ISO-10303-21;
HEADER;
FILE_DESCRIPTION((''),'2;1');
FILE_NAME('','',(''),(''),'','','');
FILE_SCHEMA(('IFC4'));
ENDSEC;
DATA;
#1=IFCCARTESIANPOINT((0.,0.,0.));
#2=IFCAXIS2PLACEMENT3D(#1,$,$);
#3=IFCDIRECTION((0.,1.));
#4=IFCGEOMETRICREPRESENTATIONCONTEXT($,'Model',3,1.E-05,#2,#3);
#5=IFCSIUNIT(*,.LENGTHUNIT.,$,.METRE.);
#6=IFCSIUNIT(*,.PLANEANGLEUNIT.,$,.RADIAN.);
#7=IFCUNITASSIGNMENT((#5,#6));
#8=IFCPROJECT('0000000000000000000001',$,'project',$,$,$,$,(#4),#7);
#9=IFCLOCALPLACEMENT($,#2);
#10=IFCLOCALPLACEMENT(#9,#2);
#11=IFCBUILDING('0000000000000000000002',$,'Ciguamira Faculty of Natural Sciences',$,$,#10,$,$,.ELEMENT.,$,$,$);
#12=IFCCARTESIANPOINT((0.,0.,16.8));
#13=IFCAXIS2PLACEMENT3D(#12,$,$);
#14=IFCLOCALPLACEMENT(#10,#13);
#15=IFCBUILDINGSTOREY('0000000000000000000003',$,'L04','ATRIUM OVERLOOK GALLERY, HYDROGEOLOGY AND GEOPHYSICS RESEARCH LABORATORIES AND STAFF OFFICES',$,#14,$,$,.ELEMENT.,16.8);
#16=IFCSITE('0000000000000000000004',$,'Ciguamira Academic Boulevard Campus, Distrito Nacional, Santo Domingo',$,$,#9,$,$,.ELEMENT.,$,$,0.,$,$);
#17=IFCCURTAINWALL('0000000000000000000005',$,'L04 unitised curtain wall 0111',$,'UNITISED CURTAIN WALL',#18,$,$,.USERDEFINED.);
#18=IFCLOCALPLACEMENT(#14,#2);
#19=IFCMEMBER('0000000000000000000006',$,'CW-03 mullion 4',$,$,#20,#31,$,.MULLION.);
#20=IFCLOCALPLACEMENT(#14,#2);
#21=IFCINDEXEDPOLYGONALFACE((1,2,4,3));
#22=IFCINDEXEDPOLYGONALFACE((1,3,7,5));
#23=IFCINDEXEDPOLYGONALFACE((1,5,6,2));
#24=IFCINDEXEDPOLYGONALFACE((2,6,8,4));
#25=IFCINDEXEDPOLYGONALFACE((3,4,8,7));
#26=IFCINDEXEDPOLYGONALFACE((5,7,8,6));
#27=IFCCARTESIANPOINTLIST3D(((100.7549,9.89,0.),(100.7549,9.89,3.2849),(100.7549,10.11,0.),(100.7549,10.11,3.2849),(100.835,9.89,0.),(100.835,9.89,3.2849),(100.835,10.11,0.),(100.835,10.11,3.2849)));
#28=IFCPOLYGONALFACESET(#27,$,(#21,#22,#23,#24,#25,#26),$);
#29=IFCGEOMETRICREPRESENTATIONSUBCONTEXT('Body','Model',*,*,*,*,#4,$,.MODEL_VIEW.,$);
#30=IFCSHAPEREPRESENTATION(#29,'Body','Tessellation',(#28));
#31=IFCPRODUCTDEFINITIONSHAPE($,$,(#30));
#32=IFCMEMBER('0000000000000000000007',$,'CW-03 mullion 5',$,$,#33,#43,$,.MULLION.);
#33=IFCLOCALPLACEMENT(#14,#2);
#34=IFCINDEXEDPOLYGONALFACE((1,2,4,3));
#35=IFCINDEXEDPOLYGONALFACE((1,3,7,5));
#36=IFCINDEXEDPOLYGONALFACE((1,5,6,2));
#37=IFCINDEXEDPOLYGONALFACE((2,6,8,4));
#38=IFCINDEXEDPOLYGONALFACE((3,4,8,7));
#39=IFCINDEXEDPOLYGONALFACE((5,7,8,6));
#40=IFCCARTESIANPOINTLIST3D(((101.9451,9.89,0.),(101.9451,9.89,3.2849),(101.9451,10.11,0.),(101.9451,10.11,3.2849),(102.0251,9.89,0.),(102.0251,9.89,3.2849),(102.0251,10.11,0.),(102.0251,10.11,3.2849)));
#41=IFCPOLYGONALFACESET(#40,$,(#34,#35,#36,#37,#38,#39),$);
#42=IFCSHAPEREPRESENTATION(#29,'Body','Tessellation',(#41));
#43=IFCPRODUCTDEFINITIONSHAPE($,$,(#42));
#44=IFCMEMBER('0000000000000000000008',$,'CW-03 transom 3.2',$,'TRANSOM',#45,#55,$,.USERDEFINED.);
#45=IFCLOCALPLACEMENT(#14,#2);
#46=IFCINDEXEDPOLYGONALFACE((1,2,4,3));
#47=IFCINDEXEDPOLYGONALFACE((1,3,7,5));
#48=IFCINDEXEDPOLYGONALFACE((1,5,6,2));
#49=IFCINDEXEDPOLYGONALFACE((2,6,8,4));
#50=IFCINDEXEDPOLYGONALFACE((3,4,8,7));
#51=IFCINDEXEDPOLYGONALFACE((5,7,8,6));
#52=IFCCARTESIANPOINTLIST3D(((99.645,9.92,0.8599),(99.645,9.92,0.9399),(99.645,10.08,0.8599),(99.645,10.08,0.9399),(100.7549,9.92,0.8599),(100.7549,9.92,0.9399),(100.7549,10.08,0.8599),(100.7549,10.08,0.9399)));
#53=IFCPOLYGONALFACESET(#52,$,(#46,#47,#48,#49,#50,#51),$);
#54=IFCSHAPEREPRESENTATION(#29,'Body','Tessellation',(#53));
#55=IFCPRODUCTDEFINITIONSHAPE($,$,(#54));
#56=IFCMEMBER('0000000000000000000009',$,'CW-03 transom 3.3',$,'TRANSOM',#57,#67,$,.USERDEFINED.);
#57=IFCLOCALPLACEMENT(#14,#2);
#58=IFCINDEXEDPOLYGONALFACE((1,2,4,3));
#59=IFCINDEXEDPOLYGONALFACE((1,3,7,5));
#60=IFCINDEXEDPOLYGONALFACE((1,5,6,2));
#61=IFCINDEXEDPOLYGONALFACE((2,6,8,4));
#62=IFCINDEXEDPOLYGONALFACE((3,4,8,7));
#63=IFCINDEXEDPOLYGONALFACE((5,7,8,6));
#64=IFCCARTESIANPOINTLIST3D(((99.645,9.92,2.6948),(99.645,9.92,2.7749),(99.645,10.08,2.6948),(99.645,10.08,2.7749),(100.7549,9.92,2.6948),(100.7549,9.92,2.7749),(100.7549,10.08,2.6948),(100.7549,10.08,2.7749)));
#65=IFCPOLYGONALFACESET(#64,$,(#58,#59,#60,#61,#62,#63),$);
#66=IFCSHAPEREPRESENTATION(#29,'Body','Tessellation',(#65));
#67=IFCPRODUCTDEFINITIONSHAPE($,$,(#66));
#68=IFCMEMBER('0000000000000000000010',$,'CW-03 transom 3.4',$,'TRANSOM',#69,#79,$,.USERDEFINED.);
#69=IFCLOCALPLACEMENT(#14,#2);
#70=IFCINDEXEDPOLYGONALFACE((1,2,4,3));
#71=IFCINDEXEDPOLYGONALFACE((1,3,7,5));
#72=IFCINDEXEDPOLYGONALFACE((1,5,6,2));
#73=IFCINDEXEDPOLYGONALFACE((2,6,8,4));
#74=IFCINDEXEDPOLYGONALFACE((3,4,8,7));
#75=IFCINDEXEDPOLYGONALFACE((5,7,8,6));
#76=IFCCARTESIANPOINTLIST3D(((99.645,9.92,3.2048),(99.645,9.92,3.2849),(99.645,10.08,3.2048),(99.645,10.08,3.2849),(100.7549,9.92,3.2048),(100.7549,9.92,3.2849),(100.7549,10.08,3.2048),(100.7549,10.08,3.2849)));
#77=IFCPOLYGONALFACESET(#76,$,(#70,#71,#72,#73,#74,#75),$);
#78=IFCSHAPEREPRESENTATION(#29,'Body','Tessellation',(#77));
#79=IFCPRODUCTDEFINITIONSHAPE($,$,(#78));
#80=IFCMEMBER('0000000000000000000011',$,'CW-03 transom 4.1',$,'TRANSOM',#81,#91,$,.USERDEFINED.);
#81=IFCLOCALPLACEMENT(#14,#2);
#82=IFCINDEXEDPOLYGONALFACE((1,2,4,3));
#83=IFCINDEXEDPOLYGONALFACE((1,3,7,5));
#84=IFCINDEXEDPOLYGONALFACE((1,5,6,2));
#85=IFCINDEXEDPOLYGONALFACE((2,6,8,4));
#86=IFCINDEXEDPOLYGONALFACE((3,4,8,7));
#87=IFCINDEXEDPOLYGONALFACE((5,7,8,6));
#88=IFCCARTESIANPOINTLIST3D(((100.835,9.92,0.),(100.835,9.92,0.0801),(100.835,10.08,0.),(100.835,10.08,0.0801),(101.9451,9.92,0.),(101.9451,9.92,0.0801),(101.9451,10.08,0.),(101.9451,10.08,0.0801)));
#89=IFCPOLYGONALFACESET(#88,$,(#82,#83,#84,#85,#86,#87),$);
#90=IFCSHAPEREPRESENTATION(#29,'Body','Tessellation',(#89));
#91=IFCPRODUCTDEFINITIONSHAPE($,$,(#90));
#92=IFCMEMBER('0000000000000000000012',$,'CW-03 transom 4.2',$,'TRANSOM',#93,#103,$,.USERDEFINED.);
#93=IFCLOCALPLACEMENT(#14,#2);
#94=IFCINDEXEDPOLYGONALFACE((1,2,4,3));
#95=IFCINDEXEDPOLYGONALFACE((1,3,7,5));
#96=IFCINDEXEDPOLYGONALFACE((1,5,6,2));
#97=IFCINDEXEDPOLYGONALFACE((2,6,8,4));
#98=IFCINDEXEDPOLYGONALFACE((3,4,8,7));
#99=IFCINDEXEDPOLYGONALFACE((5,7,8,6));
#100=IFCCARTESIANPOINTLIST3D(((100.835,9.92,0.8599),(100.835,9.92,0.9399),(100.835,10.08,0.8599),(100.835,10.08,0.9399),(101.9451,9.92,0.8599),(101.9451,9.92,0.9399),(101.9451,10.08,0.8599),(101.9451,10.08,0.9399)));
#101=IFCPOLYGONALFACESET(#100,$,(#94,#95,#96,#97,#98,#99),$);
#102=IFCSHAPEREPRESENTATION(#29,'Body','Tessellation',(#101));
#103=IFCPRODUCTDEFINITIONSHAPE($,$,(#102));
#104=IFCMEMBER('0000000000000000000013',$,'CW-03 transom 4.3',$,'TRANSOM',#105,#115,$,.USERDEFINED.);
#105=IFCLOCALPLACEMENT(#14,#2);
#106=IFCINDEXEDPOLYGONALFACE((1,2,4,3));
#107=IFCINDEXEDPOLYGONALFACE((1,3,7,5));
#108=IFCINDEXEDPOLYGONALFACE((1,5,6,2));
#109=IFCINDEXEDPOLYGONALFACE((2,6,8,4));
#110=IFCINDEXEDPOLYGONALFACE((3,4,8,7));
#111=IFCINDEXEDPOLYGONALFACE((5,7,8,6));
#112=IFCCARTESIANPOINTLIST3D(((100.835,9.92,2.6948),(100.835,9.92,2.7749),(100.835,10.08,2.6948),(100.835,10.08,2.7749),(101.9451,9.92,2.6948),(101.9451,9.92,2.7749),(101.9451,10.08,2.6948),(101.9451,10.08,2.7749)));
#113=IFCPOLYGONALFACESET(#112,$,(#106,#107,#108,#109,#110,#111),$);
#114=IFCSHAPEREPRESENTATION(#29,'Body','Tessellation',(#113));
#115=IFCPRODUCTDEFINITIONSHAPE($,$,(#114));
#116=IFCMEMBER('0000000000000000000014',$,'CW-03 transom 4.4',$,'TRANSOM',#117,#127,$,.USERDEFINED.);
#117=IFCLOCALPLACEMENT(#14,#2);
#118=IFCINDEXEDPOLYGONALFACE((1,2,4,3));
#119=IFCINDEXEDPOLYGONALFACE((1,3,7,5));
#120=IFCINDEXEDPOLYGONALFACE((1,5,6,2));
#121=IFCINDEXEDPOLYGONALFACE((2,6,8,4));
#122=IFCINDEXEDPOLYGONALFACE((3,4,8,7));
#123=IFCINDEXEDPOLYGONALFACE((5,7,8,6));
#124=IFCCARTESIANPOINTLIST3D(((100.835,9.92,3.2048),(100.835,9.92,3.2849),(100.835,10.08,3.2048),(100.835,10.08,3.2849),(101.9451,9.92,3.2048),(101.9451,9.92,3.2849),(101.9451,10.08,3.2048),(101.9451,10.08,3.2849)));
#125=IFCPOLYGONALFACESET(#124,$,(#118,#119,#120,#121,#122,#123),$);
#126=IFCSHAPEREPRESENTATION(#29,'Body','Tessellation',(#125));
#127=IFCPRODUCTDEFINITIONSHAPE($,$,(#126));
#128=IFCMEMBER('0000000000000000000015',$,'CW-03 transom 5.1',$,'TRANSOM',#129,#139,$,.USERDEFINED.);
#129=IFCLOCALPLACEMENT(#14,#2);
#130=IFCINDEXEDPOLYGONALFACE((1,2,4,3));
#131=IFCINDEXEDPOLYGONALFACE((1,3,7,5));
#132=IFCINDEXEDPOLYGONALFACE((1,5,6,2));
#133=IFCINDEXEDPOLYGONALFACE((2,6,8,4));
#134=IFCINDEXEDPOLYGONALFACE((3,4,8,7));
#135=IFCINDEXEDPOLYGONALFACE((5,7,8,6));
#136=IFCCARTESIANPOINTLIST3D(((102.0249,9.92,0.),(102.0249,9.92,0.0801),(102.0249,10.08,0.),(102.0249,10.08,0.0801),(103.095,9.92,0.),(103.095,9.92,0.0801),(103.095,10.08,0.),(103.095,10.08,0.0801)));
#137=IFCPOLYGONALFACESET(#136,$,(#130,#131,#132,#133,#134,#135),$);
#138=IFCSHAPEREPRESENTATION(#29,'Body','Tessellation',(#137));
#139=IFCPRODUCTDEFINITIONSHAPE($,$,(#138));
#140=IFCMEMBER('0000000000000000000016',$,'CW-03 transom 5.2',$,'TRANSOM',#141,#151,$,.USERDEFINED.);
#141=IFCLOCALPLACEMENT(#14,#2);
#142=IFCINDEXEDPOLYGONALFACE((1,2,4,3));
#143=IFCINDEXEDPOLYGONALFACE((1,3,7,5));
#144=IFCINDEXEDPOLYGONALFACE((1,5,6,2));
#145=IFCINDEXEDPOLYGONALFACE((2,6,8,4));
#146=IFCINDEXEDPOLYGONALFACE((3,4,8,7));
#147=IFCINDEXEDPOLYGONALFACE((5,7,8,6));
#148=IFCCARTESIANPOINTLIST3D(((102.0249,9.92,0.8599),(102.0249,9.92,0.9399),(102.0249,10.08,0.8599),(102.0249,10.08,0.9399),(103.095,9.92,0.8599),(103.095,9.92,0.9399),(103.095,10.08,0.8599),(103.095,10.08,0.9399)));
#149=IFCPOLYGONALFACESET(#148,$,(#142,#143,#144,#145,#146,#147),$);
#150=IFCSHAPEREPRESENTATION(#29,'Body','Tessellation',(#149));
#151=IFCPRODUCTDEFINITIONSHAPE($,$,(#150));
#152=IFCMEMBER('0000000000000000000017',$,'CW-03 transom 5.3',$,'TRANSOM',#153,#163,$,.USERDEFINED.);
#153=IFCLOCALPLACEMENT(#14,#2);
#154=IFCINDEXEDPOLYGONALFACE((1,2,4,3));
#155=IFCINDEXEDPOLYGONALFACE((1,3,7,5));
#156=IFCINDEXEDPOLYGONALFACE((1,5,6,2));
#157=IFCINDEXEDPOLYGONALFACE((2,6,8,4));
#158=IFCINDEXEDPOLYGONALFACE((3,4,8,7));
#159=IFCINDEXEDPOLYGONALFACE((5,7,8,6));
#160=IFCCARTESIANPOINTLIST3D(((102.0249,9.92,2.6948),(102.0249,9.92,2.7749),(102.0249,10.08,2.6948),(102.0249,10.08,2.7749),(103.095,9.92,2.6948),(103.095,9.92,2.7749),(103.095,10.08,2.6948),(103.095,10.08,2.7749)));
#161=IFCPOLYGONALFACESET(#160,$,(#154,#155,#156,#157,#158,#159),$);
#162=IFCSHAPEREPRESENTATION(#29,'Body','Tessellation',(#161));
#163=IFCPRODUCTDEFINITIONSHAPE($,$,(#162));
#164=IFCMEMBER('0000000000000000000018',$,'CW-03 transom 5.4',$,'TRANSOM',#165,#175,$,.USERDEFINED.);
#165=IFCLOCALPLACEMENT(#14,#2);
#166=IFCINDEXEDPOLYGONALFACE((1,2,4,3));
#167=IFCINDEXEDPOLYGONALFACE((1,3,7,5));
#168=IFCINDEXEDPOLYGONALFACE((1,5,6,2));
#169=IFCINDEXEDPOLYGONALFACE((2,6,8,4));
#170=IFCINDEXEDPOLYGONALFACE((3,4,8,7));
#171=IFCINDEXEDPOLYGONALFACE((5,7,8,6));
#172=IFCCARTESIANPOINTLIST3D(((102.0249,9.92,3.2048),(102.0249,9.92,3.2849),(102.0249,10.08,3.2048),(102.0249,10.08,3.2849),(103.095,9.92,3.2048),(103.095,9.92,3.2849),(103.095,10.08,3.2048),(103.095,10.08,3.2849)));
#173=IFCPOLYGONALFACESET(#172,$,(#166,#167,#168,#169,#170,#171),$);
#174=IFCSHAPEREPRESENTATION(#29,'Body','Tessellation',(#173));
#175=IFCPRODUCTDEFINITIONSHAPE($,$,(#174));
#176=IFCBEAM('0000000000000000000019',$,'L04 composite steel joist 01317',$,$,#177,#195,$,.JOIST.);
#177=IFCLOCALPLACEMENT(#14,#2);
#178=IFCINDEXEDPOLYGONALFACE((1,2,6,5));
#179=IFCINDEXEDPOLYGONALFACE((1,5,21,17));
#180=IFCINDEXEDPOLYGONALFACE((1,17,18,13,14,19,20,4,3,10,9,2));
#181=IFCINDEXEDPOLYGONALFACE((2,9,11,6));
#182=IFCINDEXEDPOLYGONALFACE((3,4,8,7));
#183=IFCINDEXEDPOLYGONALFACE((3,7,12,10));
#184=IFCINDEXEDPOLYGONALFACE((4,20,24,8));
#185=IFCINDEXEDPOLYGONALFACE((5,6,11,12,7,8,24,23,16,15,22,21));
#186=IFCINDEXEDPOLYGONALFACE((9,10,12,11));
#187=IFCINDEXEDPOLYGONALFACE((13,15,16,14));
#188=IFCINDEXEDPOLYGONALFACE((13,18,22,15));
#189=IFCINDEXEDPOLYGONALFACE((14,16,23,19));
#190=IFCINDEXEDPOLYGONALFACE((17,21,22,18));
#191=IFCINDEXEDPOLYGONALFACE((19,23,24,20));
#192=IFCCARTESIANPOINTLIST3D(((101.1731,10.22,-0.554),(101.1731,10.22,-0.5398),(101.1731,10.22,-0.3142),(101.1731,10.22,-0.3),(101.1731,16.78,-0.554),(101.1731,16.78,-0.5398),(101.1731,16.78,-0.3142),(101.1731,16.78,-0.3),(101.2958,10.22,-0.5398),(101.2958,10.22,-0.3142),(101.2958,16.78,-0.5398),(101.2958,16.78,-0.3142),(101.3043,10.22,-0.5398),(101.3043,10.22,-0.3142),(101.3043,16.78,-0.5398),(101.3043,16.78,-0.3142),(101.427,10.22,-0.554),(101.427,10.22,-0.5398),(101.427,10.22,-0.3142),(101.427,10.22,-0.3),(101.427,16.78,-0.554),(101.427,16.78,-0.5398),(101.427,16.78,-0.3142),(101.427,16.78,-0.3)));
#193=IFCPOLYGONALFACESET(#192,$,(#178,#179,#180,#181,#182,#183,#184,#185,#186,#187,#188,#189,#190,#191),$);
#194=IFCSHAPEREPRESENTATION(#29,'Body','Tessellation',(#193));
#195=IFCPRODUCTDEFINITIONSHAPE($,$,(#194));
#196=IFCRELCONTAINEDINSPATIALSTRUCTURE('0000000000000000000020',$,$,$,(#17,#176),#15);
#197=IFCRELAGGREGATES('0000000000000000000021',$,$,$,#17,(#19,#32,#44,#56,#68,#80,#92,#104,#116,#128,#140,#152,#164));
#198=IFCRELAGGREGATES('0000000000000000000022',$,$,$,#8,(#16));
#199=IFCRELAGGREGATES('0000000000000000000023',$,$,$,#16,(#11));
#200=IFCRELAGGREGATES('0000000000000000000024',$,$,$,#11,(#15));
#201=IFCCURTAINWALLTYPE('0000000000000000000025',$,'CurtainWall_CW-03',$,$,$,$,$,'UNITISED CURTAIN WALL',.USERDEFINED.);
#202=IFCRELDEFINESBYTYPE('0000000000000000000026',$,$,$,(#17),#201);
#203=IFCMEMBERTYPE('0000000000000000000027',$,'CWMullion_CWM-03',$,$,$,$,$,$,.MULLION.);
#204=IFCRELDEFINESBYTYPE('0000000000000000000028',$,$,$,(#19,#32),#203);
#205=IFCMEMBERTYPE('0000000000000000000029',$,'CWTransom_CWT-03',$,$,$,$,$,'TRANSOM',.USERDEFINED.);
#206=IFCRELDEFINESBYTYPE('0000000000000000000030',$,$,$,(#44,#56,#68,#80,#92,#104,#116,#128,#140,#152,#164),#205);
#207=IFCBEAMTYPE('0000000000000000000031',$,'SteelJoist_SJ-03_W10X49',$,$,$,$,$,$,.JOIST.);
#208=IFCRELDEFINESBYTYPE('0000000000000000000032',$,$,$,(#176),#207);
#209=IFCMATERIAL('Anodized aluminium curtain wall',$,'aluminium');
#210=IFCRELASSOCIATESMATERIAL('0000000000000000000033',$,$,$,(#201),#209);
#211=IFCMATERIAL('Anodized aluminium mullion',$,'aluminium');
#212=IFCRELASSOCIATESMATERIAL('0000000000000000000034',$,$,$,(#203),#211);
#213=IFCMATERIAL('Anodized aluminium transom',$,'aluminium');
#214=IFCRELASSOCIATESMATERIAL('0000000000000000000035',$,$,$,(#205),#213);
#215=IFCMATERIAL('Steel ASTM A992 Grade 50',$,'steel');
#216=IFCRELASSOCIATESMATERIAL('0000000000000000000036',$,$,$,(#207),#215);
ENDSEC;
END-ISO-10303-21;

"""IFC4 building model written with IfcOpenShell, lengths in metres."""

from ifc_helpers import new_model, si_unit, direction, frame, origin, origin_2d, place, context, subcontext, project, spatial, rectangle, i_section, extrude, material, material_profile, profile_set, type_object, element, aggregate, save


model = new_model("IFC4")

# Units and contexts
model_context = context("Model", 3, precision=1e-05, world=origin(), true_north=direction((0.0, 1.0)))
body_context = subcontext(model_context, "Body", "Model", "MODEL_VIEW")
ifc_project = project(units=[si_unit("LENGTHUNIT", "METRE"), si_unit("PLANEANGLEUNIT", "RADIAN")], contexts=[model_context])

# Site, building, storey
site_placement = place(None, origin())
site = spatial("IfcSite", under=ifc_project, at=site_placement, Name="Ciguamira Academic Boulevard Campus, Distrito Nacional, Santo Domingo", CompositionType="ELEMENT", RefElevation=0.0)
building_placement = place(site_placement, origin())
building = spatial("IfcBuilding", under=site, at=building_placement, Name="Ciguamira Faculty of Natural Sciences", CompositionType="ELEMENT")
storey_placement = place(building_placement, frame((0.0, 0.0, 16.8)))
storey = spatial("IfcBuildingStorey", under=building, at=storey_placement, Name="L04", Description="ATRIUM OVERLOOK GALLERY, HYDROGEOLOGY AND GEOPHYSICS RESEARCH LABORATORIES AND STAFF OFFICES", CompositionType="ELEMENT", Elevation=16.8)

# Curtain wall, members
ifc_material_1 = material(Name="Anodized aluminium curtain wall", Category="aluminium")
curtain_wall_type = type_object("IfcCurtainWallType", Name="CurtainWall_CW-03", ElementType="UNITISED CURTAIN WALL", PredefinedType="USERDEFINED", material=ifc_material_1)
curtain_wall_placement = place(storey_placement, origin())
curtain_wall = element("IfcCurtainWall", 1, at=curtain_wall_placement, inside=storey, type_object=curtain_wall_type, Name="L04 unitised curtain wall 0111", ObjectType="UNITISED CURTAIN WALL", PredefinedType="USERDEFINED")
ifc_material_2 = material(Name="Anodized aluminium mullion", Category="aluminium")
ifc_material_profile_1 = material_profile(ifc_material_2, rectangle(XDim=0.0801, YDim=0.22, at=origin_2d()), Name="ALU-MUL-80X220")
ifc_profile_set_1 = profile_set([ifc_material_profile_1], Name="Anodized aluminium mullion")
member_type_1 = type_object("IfcMemberType", Name="CWMullion_CWM-03", PredefinedType="MULLION", material=ifc_profile_set_1)
member_1_placement = place(storey_placement, frame((100.7949, 10.0, 0.0), z_axis=(0.0, 0.0, 1.0), x_axis=(1.0, 0.0, 0.0)))
member_1 = element("IfcMember", 2, at=member_1_placement, type_object=member_type_1, Name="CW-03 mullion 4", PredefinedType="MULLION", context=body_context, shape_type="SweptSolid", body=[
    extrude(rectangle(XDim=0.0801, YDim=0.22, at=origin_2d()), origin(), (0.0, 0.0, 1.0), 3.2849),
])
member_2_placement = place(storey_placement, frame((101.9851, 10.0, 0.0), z_axis=(0.0, 0.0, 1.0), x_axis=(1.0, 0.0, 0.0)))
member_2 = element("IfcMember", 3, at=member_2_placement, type_object=member_type_1, Name="CW-03 mullion 5", PredefinedType="MULLION", context=body_context, shape_type="SweptSolid", body=[
    extrude(rectangle(XDim=0.0801, YDim=0.22, at=origin_2d()), origin(), (0.0, 0.0, 1.0), 3.2849),
])
ifc_material_3 = material(Name="Anodized aluminium transom", Category="aluminium")
ifc_material_profile_2 = material_profile(ifc_material_3, rectangle(XDim=0.0801, YDim=0.1599, at=origin_2d()), Name="ALU-TRN-80X160")
ifc_profile_set_2 = profile_set([ifc_material_profile_2], Name="Anodized aluminium transom")
member_type_2 = type_object("IfcMemberType", Name="CWTransom_CWT-03", ElementType="TRANSOM", PredefinedType="USERDEFINED", material=ifc_profile_set_2)
member_3_placement = place(storey_placement, frame((99.645, 10.0, 0.8999), z_axis=(1.0, 0.0, 0.0), x_axis=(0.0, 0.0, 1.0)))
member_3 = element("IfcMember", 4, at=member_3_placement, type_object=member_type_2, Name="CW-03 transom 3.2", ObjectType="TRANSOM", PredefinedType="USERDEFINED", context=body_context, shape_type="SweptSolid", body=[
    extrude(rectangle(XDim=0.0801, YDim=0.1599, at=origin_2d()), origin(), (0.0, 0.0, 1.0), 1.1099),
])
member_4_placement = place(storey_placement, frame((99.645, 10.0, 2.7349), z_axis=(1.0, 0.0, 0.0), x_axis=(0.0, 0.0, 1.0)))
member_4 = element("IfcMember", 5, at=member_4_placement, type_object=member_type_2, Name="CW-03 transom 3.3", ObjectType="TRANSOM", PredefinedType="USERDEFINED", context=body_context, shape_type="SweptSolid", body=[
    extrude(rectangle(XDim=0.0801, YDim=0.1599, at=origin_2d()), origin(), (0.0, 0.0, 1.0), 1.1099),
])
member_5_placement = place(storey_placement, frame((99.645, 10.0, 3.2449), z_axis=(1.0, 0.0, 0.0), x_axis=(0.0, 0.0, 1.0)))
member_5 = element("IfcMember", 6, at=member_5_placement, type_object=member_type_2, Name="CW-03 transom 3.4", ObjectType="TRANSOM", PredefinedType="USERDEFINED", context=body_context, shape_type="SweptSolid", body=[
    extrude(rectangle(XDim=0.0801, YDim=0.1599, at=origin_2d()), origin(), (0.0, 0.0, 1.0), 1.1099),
])
member_6_placement = place(storey_placement, frame((100.835, 10.0, 0.04), z_axis=(1.0, 0.0, 0.0), x_axis=(0.0, 0.0, 1.0)))
member_6 = element("IfcMember", 7, at=member_6_placement, type_object=member_type_2, Name="CW-03 transom 4.1", ObjectType="TRANSOM", PredefinedType="USERDEFINED", context=body_context, shape_type="SweptSolid", body=[
    extrude(rectangle(XDim=0.0801, YDim=0.1599, at=origin_2d()), origin(), (0.0, 0.0, 1.0), 1.1101),
])
member_7_placement = place(storey_placement, frame((100.835, 10.0, 0.8999), z_axis=(1.0, 0.0, 0.0), x_axis=(0.0, 0.0, 1.0)))
member_7 = element("IfcMember", 8, at=member_7_placement, type_object=member_type_2, Name="CW-03 transom 4.2", ObjectType="TRANSOM", PredefinedType="USERDEFINED", context=body_context, shape_type="SweptSolid", body=[
    extrude(rectangle(XDim=0.0801, YDim=0.1599, at=origin_2d()), origin(), (0.0, 0.0, 1.0), 1.1101),
])
member_8_placement = place(storey_placement, frame((100.835, 10.0, 2.7349), z_axis=(1.0, 0.0, 0.0), x_axis=(0.0, 0.0, 1.0)))
member_8 = element("IfcMember", 9, at=member_8_placement, type_object=member_type_2, Name="CW-03 transom 4.3", ObjectType="TRANSOM", PredefinedType="USERDEFINED", context=body_context, shape_type="SweptSolid", body=[
    extrude(rectangle(XDim=0.0801, YDim=0.1599, at=origin_2d()), origin(), (0.0, 0.0, 1.0), 1.1101),
])
member_9_placement = place(storey_placement, frame((100.835, 10.0, 3.2449), z_axis=(1.0, 0.0, 0.0), x_axis=(0.0, 0.0, 1.0)))
member_9 = element("IfcMember", 10, at=member_9_placement, type_object=member_type_2, Name="CW-03 transom 4.4", ObjectType="TRANSOM", PredefinedType="USERDEFINED", context=body_context, shape_type="SweptSolid", body=[
    extrude(rectangle(XDim=0.0801, YDim=0.1599, at=origin_2d()), origin(), (0.0, 0.0, 1.0), 1.1101),
])
member_10_placement = place(storey_placement, frame((102.0249, 10.0, 0.04), z_axis=(1.0, 0.0, 0.0), x_axis=(0.0, 0.0, 1.0)))
member_10 = element("IfcMember", 11, at=member_10_placement, type_object=member_type_2, Name="CW-03 transom 5.1", ObjectType="TRANSOM", PredefinedType="USERDEFINED", context=body_context, shape_type="SweptSolid", body=[
    extrude(rectangle(XDim=0.0801, YDim=0.1599, at=origin_2d()), origin(), (0.0, 0.0, 1.0), 1.0701),
])
member_11_placement = place(storey_placement, frame((102.0249, 10.0, 0.8999), z_axis=(1.0, 0.0, 0.0), x_axis=(0.0, 0.0, 1.0)))
member_11 = element("IfcMember", 12, at=member_11_placement, type_object=member_type_2, Name="CW-03 transom 5.2", ObjectType="TRANSOM", PredefinedType="USERDEFINED", context=body_context, shape_type="SweptSolid", body=[
    extrude(rectangle(XDim=0.0801, YDim=0.1599, at=origin_2d()), origin(), (0.0, 0.0, 1.0), 1.0701),
])
member_12_placement = place(storey_placement, frame((102.0249, 10.0, 2.7349), z_axis=(1.0, 0.0, 0.0), x_axis=(0.0, 0.0, 1.0)))
member_12 = element("IfcMember", 13, at=member_12_placement, type_object=member_type_2, Name="CW-03 transom 5.3", ObjectType="TRANSOM", PredefinedType="USERDEFINED", context=body_context, shape_type="SweptSolid", body=[
    extrude(rectangle(XDim=0.0801, YDim=0.1599, at=origin_2d()), origin(), (0.0, 0.0, 1.0), 1.0701),
])
member_13_placement = place(storey_placement, frame((102.0249, 10.0, 3.2449), z_axis=(1.0, 0.0, 0.0), x_axis=(0.0, 0.0, 1.0)))
member_13 = element("IfcMember", 14, at=member_13_placement, type_object=member_type_2, Name="CW-03 transom 5.4", ObjectType="TRANSOM", PredefinedType="USERDEFINED", context=body_context, shape_type="SweptSolid", body=[
    extrude(rectangle(XDim=0.0801, YDim=0.1599, at=origin_2d()), origin(), (0.0, 0.0, 1.0), 1.0701),
])

# Beam
ifc_material_4 = material(Name="Steel ASTM A992 Grade 50", Category="steel")
ifc_material_profile_3 = material_profile(ifc_material_4, i_section(OverallWidth=0.2539, OverallDepth=0.2539, WebThickness=0.0085, FlangeThickness=0.0142, at=origin_2d()), Name="W10X49")
ifc_profile_set_3 = profile_set([ifc_material_profile_3], Name="Steel ASTM A992 Grade 50")
beam_type = type_object("IfcBeamType", Name="SteelJoist_SJ-03_W10X49", PredefinedType="JOIST", material=ifc_profile_set_3)
beam_placement = place(storey_placement, frame((101.3, 10.22, -0.427), z_axis=(0.0, 1.0, 0.0), x_axis=(-1.0, 0.0, 0.0)))
element("IfcBeam", 15, at=beam_placement, inside=storey, type_object=beam_type, Name="L04 composite steel joist 01317", PredefinedType="JOIST", context=body_context, shape_type="SweptSolid", body=[
    extrude(i_section(OverallWidth=0.2539, OverallDepth=0.2539, WebThickness=0.0085, FlangeThickness=0.0142, at=origin_2d()), origin(), (0.0, 0.0, 1.0), 6.5601),
])

aggregate(curtain_wall, [member_1, member_2, member_3, member_4, member_5, member_6, member_7, member_8, member_9, member_10, member_11, member_12, member_13])

save(model, "model.ifc")
